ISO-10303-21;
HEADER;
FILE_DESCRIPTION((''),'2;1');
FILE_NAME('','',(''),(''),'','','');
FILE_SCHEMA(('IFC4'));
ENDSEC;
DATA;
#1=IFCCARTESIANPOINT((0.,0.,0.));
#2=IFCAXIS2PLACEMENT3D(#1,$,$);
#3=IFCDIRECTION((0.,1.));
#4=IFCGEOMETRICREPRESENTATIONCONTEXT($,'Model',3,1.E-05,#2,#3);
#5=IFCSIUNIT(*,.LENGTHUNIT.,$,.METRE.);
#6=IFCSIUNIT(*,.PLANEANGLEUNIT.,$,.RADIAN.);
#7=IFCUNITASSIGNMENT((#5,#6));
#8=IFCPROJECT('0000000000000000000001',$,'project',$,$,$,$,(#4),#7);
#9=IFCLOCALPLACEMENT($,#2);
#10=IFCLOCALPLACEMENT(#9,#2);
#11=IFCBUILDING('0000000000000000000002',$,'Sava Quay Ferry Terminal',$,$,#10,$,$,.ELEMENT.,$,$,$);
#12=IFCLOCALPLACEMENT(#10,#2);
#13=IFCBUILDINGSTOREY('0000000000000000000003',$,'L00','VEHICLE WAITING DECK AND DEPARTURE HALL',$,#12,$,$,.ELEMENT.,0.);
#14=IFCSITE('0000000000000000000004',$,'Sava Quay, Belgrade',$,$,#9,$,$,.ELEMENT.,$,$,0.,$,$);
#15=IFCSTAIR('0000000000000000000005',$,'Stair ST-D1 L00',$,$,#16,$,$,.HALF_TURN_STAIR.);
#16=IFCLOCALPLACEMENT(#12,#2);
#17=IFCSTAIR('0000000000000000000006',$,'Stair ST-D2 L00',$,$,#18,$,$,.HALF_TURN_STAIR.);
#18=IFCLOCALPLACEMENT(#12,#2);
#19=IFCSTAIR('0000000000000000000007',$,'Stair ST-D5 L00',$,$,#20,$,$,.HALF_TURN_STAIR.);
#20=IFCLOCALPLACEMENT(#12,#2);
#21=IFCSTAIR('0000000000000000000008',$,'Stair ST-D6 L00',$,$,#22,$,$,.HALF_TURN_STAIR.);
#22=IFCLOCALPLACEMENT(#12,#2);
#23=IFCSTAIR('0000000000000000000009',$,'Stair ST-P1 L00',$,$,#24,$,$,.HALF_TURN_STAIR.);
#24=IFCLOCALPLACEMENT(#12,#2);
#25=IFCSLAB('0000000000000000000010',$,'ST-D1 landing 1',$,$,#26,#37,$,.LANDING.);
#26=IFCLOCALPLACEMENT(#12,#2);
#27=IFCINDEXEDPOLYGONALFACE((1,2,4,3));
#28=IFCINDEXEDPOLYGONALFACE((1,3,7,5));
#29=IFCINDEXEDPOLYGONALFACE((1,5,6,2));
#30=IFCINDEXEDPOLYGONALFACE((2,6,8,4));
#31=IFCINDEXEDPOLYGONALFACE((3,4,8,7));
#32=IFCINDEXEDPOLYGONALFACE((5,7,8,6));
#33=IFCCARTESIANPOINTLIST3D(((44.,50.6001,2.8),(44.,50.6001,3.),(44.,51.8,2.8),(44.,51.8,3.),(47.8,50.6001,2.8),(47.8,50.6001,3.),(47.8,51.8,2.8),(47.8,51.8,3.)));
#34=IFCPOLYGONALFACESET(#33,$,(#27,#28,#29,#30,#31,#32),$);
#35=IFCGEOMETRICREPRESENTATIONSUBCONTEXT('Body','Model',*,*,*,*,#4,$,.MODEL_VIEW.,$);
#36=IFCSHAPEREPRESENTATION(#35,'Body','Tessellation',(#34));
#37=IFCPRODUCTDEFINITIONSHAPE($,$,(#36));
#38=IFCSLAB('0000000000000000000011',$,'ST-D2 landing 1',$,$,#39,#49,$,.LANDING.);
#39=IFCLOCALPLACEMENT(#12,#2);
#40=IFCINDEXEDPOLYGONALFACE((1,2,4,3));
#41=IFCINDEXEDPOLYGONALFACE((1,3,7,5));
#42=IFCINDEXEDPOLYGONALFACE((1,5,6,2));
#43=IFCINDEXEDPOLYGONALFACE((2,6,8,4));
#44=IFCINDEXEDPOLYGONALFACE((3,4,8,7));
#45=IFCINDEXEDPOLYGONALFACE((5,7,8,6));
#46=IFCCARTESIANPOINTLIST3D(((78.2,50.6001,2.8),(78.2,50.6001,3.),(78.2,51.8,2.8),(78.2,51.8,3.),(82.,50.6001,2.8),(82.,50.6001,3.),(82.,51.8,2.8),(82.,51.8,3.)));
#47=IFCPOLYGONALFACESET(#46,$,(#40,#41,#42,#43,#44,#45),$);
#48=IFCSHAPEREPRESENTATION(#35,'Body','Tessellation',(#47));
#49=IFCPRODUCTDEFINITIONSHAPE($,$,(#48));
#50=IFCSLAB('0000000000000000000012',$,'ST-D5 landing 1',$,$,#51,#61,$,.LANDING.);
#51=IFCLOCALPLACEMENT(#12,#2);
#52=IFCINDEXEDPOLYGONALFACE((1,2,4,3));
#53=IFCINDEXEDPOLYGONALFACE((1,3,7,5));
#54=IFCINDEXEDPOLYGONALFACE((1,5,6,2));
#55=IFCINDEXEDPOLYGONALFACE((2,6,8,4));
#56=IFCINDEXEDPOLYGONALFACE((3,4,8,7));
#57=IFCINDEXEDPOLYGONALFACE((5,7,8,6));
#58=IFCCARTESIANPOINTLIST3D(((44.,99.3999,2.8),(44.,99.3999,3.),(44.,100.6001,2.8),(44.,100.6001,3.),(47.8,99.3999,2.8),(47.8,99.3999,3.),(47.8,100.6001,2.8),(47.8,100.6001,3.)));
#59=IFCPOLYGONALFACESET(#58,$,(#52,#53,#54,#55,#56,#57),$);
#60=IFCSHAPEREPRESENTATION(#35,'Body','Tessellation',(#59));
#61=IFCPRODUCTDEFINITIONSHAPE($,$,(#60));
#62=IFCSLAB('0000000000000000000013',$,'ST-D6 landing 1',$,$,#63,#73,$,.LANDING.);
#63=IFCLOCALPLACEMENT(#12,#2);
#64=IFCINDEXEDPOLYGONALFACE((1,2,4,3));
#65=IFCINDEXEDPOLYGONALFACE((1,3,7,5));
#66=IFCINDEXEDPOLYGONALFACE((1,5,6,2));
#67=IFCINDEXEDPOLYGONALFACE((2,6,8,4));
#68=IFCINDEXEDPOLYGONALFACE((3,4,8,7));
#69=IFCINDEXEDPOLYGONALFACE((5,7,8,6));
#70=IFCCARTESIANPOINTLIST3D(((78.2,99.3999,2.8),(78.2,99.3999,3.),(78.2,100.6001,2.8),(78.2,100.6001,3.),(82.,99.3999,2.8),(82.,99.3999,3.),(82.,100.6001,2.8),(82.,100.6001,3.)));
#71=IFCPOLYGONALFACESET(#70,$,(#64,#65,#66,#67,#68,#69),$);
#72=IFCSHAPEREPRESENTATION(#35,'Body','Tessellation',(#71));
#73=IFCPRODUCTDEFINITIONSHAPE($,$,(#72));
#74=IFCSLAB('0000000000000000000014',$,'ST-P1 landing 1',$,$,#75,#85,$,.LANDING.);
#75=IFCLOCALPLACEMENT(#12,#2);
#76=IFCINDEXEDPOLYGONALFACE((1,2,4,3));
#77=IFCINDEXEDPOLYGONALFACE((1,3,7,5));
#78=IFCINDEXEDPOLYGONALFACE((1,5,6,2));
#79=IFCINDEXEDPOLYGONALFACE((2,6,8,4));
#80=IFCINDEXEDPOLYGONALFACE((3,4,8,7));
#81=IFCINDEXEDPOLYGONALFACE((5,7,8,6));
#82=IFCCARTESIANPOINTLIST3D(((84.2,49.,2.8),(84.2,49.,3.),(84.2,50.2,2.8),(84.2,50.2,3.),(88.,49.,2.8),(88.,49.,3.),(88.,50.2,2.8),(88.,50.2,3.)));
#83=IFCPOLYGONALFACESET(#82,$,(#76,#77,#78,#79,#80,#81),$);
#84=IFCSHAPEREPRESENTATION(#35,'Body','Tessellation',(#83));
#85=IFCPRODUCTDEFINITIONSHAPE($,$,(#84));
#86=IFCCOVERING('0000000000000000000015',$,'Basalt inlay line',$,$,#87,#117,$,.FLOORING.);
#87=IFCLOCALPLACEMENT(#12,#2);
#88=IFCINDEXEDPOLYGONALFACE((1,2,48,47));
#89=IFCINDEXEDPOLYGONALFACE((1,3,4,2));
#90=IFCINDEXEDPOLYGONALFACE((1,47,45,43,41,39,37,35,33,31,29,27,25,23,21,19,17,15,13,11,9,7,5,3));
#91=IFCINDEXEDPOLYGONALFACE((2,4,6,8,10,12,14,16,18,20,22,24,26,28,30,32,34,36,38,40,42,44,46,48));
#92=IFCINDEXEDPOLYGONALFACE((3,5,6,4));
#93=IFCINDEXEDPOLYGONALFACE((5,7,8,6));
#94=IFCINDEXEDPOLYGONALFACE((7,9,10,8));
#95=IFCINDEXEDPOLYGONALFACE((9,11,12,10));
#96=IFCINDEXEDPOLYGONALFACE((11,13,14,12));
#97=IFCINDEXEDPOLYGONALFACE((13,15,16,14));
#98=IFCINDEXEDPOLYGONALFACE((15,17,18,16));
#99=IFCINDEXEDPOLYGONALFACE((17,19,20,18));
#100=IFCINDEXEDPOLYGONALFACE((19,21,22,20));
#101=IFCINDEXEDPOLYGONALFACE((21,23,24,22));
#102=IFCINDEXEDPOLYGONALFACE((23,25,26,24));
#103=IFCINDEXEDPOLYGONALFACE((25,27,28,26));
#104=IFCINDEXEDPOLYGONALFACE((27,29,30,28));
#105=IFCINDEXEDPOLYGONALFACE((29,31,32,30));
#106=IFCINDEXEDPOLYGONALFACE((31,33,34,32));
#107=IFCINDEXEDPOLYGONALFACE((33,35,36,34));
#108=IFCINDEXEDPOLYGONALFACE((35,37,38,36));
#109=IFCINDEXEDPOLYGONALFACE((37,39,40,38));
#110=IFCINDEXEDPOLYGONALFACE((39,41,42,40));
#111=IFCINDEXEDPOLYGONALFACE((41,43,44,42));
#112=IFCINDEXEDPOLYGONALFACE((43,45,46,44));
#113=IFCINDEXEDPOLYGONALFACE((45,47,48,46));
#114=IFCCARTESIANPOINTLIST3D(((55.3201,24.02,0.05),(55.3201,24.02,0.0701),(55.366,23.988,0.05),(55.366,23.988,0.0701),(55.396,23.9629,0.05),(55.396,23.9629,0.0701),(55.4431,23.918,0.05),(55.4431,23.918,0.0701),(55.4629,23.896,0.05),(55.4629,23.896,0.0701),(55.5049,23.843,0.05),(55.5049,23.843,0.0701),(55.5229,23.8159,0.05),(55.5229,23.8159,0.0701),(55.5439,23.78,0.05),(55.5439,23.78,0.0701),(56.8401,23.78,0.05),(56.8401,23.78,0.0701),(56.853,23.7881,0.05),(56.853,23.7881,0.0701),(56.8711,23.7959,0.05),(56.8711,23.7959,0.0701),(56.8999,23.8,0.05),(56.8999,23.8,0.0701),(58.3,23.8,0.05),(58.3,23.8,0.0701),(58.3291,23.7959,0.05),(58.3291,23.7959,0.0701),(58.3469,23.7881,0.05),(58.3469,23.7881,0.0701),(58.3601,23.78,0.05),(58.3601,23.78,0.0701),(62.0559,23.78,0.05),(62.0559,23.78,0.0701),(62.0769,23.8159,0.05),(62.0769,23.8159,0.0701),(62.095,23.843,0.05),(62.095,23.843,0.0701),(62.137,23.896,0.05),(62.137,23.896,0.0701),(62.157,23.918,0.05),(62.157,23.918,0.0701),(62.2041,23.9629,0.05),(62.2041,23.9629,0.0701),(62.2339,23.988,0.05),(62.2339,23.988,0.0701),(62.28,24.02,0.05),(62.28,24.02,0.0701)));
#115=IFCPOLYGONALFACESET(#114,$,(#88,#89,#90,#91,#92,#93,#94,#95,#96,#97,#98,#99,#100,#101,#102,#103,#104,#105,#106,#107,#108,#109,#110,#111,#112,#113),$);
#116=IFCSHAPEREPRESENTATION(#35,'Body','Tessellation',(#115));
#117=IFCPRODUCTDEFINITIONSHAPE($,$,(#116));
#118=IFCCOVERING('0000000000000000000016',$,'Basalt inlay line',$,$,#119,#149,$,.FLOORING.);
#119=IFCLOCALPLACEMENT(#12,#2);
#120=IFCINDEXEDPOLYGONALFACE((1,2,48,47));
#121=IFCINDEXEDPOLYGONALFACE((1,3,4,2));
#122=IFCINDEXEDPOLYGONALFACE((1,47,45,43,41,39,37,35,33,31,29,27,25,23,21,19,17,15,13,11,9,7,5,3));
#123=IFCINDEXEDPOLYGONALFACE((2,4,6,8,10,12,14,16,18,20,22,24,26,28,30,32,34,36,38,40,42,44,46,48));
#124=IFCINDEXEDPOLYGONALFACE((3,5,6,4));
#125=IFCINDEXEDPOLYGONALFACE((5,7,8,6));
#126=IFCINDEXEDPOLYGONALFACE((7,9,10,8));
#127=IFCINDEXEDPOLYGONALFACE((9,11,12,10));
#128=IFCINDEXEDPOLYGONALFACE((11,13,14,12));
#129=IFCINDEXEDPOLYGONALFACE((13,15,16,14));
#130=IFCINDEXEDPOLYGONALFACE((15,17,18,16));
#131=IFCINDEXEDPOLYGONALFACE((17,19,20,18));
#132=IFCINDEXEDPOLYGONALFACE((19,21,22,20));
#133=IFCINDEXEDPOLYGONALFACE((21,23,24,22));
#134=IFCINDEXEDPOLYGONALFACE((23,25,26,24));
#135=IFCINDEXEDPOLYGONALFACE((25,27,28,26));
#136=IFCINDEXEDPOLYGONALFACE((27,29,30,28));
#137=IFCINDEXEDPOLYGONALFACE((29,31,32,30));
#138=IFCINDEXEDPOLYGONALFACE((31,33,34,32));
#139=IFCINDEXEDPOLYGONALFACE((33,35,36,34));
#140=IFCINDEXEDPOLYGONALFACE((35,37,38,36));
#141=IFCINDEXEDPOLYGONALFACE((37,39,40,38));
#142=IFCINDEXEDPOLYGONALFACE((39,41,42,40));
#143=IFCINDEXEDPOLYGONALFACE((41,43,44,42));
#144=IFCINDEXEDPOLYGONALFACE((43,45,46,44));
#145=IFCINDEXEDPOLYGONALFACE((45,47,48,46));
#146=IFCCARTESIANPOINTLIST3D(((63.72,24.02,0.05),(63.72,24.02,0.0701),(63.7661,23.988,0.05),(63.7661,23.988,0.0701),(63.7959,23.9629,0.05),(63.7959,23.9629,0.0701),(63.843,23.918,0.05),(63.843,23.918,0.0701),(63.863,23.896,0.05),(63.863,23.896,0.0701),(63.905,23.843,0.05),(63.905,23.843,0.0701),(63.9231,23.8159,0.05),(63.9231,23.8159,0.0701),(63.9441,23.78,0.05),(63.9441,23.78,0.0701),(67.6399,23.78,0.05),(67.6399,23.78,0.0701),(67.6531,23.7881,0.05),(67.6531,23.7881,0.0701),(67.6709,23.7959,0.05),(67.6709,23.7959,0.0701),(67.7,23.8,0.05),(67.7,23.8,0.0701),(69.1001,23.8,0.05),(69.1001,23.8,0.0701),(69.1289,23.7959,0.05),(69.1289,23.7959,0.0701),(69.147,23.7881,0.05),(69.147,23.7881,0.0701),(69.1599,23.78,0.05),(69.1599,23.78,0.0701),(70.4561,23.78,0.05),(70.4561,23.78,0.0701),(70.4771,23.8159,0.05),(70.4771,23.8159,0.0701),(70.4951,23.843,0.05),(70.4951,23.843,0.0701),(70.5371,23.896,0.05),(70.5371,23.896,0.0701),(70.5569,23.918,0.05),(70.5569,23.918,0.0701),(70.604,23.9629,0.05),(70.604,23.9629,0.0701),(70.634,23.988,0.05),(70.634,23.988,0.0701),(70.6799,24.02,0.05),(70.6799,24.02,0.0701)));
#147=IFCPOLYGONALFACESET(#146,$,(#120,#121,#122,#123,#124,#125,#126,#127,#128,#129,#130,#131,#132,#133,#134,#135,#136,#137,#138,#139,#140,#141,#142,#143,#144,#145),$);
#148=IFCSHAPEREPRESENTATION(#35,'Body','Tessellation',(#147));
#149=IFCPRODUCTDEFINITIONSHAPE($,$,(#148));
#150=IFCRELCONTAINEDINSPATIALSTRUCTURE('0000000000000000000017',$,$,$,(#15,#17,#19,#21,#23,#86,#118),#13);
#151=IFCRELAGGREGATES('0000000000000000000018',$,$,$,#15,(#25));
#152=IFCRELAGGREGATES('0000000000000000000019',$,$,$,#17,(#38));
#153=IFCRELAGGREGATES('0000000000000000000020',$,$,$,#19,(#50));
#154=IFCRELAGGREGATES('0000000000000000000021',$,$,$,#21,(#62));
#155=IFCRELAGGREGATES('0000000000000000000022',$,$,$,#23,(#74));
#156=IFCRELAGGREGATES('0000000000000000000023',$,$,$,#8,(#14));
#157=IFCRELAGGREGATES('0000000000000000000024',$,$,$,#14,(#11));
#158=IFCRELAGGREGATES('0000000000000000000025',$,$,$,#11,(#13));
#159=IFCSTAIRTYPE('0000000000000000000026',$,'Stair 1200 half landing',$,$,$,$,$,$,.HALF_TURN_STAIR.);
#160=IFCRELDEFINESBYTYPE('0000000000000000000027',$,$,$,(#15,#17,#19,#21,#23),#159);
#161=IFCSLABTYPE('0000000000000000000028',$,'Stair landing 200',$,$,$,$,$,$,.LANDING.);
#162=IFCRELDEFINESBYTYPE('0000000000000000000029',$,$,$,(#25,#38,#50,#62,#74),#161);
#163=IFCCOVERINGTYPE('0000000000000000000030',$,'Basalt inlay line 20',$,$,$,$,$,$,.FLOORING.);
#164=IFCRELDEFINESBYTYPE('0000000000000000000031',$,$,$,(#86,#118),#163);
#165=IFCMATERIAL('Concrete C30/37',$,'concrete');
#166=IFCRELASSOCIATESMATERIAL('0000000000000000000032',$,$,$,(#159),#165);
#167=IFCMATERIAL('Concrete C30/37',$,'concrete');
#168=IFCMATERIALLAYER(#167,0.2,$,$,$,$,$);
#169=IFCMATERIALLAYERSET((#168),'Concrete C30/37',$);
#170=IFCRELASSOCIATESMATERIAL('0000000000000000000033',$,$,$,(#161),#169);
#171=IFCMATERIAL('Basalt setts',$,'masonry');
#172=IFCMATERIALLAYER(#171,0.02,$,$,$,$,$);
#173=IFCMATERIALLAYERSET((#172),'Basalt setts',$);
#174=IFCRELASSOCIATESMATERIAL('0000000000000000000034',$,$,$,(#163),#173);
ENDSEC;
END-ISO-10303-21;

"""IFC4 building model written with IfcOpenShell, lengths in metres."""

from ifc_helpers import new_model, si_unit, direction, frame, origin, place, context, subcontext, project, spatial, polyline, outline, extrude, material, layer, layer_set, type_object, element, aggregate, save


model = new_model("IFC4")

# Units and contexts
model_context = context("Model", 3, precision=1e-05, world=origin(), true_north=direction((0.0, 1.0)))
body_context = subcontext(model_context, "Body", "Model", "MODEL_VIEW")
ifc_project = project(units=[si_unit("LENGTHUNIT", "METRE"), si_unit("PLANEANGLEUNIT", "RADIAN")], contexts=[model_context])

# Site, building, storey
site_placement = place(None, origin())
site = spatial("IfcSite", under=ifc_project, at=site_placement, Name="Sava Quay, Belgrade", CompositionType="ELEMENT", RefElevation=0.0)
building_placement = place(site_placement, origin())
building = spatial("IfcBuilding", under=site, at=building_placement, Name="Sava Quay Ferry Terminal", CompositionType="ELEMENT")
storey_placement = place(building_placement, origin())
storey = spatial("IfcBuildingStorey", under=building, at=storey_placement, Name="L00", Description="VEHICLE WAITING DECK AND DEPARTURE HALL", CompositionType="ELEMENT", Elevation=0.0)

# Stairs
ifc_material_1 = material(Name="Concrete C30/37", Category="concrete")
stair_type = type_object("IfcStairType", Name="Stair 1200 half landing", PredefinedType="HALF_TURN_STAIR", material=ifc_material_1)
stair_1_placement = place(storey_placement, origin())
stair_1 = element("IfcStair", 1, at=stair_1_placement, inside=storey, type_object=stair_type, Name="Stair ST-D1 L00", PredefinedType="HALF_TURN_STAIR")
stair_2_placement = place(storey_placement, origin())
stair_2 = element("IfcStair", 2, at=stair_2_placement, inside=storey, type_object=stair_type, Name="Stair ST-D2 L00", PredefinedType="HALF_TURN_STAIR")
stair_3_placement = place(storey_placement, origin())
stair_3 = element("IfcStair", 3, at=stair_3_placement, inside=storey, type_object=stair_type, Name="Stair ST-D5 L00", PredefinedType="HALF_TURN_STAIR")
stair_4_placement = place(storey_placement, origin())
stair_4 = element("IfcStair", 4, at=stair_4_placement, inside=storey, type_object=stair_type, Name="Stair ST-D6 L00", PredefinedType="HALF_TURN_STAIR")
stair_5_placement = place(storey_placement, origin())
stair_5 = element("IfcStair", 5, at=stair_5_placement, inside=storey, type_object=stair_type, Name="Stair ST-P1 L00", PredefinedType="HALF_TURN_STAIR")

# Slabs
ifc_material_2 = material(Name="Concrete C30/37", Category="concrete")
ifc_layer_1 = layer(ifc_material_2, 0.2)
ifc_layer_set_1 = layer_set([ifc_layer_1], Name="Concrete C30/37")
slab_type_1 = type_object("IfcSlabType", Name="Stair landing 200", PredefinedType="LANDING", material=ifc_layer_set_1)
slab_1_placement = place(storey_placement, frame((0.0, 0.0, 2.8)))
slab_1 = element("IfcSlab", 6, at=slab_1_placement, type_object=slab_type_1, Name="ST-D1 landing 1", PredefinedType="LANDING", context=body_context, shape_type="SweptSolid", body=[
    extrude(outline(polyline([(44.0, 50.6001), (44.0, 51.8), (47.8, 51.8), (47.8, 50.6001), (44.0, 50.6001)])), origin(), (0.0, 0.0, 1.0), 0.2),
])
aggregate(stair_1, [slab_1])
slab_2_placement = place(storey_placement, frame((0.0, 0.0, 2.8)))
slab_2 = element("IfcSlab", 7, at=slab_2_placement, type_object=slab_type_1, Name="ST-D2 landing 1", PredefinedType="LANDING", context=body_context, shape_type="SweptSolid", body=[
    extrude(outline(polyline([(78.2, 50.6001), (78.2, 51.8), (82.0, 51.8), (82.0, 50.6001), (78.2, 50.6001)])), origin(), (0.0, 0.0, 1.0), 0.2),
])
aggregate(stair_2, [slab_2])
slab_3_placement = place(storey_placement, frame((0.0, 0.0, 2.8)))
slab_3 = element("IfcSlab", 8, at=slab_3_placement, type_object=slab_type_1, Name="ST-D5 landing 1", PredefinedType="LANDING", context=body_context, shape_type="SweptSolid", body=[
    extrude(outline(polyline([(44.0, 99.3999), (44.0, 100.6001), (47.8, 100.6001), (47.8, 99.3999), (44.0, 99.3999)])), origin(), (0.0, 0.0, 1.0), 0.2),
])
aggregate(stair_3, [slab_3])
slab_4_placement = place(storey_placement, frame((0.0, 0.0, 2.8)))
slab_4 = element("IfcSlab", 9, at=slab_4_placement, type_object=slab_type_1, Name="ST-D6 landing 1", PredefinedType="LANDING", context=body_context, shape_type="SweptSolid", body=[
    extrude(outline(polyline([(78.2, 99.3999), (78.2, 100.6001), (82.0, 100.6001), (82.0, 99.3999), (78.2, 99.3999)])), origin(), (0.0, 0.0, 1.0), 0.2),
])
aggregate(stair_4, [slab_4])
slab_5_placement = place(storey_placement, frame((0.0, 0.0, 2.8)))
slab_5 = element("IfcSlab", 10, at=slab_5_placement, type_object=slab_type_1, Name="ST-P1 landing 1", PredefinedType="LANDING", context=body_context, shape_type="SweptSolid", body=[
    extrude(outline(polyline([(84.2, 49.0), (84.2, 50.2), (88.0, 50.2), (88.0, 49.0), (84.2, 49.0)])), origin(), (0.0, 0.0, 1.0), 0.2),
])
aggregate(stair_5, [slab_5])

# Coverings
ifc_material_3 = material(Name="Basalt setts", Category="masonry")
ifc_layer_2 = layer(ifc_material_3, 0.02)
ifc_layer_set_2 = layer_set([ifc_layer_2], Name="Basalt setts")
covering_type_1 = type_object("IfcCoveringType", Name="Basalt inlay line 20", PredefinedType="FLOORING", material=ifc_layer_set_2)
covering_1_placement = place(storey_placement, frame((0.0, 0.0, 0.05)))
element("IfcCovering", 11, at=covering_1_placement, inside=storey, type_object=covering_type_1, Name="Basalt inlay line", PredefinedType="FLOORING", context=body_context, shape_type="SweptSolid", body=[
    extrude(outline(polyline([(62.137, 23.896), (62.157, 23.918), (62.2041, 23.9629), (62.2339, 23.988), (62.28, 24.02), (55.3201, 24.02), (55.366, 23.988), (55.396, 23.9629), (55.4431, 23.918), (55.4629, 23.896), (55.5049, 23.843), (55.5229, 23.8159), (55.5439, 23.78), (56.8401, 23.78), (56.853, 23.7881), (56.8711, 23.7959), (56.8999, 23.8), (58.3, 23.8), (58.3291, 23.7959), (58.3469, 23.7881), (58.3601, 23.78), (62.0559, 23.78), (62.0769, 23.8159), (62.095, 23.843), (62.137, 23.896)])), origin(), (0.0, 0.0, 1.0), 0.02),
])
covering_2_placement = place(storey_placement, frame((0.0, 0.0, 0.05)))
element("IfcCovering", 12, at=covering_2_placement, inside=storey, type_object=covering_type_1, Name="Basalt inlay line", PredefinedType="FLOORING", context=body_context, shape_type="SweptSolid", body=[
    extrude(outline(polyline([(70.5371, 23.896), (70.5569, 23.918), (70.604, 23.9629), (70.634, 23.988), (70.6799, 24.02), (63.72, 24.02), (63.7661, 23.988), (63.7959, 23.9629), (63.843, 23.918), (63.863, 23.896), (63.905, 23.843), (63.9231, 23.8159), (63.9441, 23.78), (67.6399, 23.78), (67.6531, 23.7881), (67.6709, 23.7959), (67.7, 23.8), (69.1001, 23.8), (69.1289, 23.7959), (69.147, 23.7881), (69.1599, 23.78), (70.4561, 23.78), (70.4771, 23.8159), (70.4951, 23.843), (70.5371, 23.896)])), origin(), (0.0, 0.0, 1.0), 0.02),
])

save(model, "model.ifc")
